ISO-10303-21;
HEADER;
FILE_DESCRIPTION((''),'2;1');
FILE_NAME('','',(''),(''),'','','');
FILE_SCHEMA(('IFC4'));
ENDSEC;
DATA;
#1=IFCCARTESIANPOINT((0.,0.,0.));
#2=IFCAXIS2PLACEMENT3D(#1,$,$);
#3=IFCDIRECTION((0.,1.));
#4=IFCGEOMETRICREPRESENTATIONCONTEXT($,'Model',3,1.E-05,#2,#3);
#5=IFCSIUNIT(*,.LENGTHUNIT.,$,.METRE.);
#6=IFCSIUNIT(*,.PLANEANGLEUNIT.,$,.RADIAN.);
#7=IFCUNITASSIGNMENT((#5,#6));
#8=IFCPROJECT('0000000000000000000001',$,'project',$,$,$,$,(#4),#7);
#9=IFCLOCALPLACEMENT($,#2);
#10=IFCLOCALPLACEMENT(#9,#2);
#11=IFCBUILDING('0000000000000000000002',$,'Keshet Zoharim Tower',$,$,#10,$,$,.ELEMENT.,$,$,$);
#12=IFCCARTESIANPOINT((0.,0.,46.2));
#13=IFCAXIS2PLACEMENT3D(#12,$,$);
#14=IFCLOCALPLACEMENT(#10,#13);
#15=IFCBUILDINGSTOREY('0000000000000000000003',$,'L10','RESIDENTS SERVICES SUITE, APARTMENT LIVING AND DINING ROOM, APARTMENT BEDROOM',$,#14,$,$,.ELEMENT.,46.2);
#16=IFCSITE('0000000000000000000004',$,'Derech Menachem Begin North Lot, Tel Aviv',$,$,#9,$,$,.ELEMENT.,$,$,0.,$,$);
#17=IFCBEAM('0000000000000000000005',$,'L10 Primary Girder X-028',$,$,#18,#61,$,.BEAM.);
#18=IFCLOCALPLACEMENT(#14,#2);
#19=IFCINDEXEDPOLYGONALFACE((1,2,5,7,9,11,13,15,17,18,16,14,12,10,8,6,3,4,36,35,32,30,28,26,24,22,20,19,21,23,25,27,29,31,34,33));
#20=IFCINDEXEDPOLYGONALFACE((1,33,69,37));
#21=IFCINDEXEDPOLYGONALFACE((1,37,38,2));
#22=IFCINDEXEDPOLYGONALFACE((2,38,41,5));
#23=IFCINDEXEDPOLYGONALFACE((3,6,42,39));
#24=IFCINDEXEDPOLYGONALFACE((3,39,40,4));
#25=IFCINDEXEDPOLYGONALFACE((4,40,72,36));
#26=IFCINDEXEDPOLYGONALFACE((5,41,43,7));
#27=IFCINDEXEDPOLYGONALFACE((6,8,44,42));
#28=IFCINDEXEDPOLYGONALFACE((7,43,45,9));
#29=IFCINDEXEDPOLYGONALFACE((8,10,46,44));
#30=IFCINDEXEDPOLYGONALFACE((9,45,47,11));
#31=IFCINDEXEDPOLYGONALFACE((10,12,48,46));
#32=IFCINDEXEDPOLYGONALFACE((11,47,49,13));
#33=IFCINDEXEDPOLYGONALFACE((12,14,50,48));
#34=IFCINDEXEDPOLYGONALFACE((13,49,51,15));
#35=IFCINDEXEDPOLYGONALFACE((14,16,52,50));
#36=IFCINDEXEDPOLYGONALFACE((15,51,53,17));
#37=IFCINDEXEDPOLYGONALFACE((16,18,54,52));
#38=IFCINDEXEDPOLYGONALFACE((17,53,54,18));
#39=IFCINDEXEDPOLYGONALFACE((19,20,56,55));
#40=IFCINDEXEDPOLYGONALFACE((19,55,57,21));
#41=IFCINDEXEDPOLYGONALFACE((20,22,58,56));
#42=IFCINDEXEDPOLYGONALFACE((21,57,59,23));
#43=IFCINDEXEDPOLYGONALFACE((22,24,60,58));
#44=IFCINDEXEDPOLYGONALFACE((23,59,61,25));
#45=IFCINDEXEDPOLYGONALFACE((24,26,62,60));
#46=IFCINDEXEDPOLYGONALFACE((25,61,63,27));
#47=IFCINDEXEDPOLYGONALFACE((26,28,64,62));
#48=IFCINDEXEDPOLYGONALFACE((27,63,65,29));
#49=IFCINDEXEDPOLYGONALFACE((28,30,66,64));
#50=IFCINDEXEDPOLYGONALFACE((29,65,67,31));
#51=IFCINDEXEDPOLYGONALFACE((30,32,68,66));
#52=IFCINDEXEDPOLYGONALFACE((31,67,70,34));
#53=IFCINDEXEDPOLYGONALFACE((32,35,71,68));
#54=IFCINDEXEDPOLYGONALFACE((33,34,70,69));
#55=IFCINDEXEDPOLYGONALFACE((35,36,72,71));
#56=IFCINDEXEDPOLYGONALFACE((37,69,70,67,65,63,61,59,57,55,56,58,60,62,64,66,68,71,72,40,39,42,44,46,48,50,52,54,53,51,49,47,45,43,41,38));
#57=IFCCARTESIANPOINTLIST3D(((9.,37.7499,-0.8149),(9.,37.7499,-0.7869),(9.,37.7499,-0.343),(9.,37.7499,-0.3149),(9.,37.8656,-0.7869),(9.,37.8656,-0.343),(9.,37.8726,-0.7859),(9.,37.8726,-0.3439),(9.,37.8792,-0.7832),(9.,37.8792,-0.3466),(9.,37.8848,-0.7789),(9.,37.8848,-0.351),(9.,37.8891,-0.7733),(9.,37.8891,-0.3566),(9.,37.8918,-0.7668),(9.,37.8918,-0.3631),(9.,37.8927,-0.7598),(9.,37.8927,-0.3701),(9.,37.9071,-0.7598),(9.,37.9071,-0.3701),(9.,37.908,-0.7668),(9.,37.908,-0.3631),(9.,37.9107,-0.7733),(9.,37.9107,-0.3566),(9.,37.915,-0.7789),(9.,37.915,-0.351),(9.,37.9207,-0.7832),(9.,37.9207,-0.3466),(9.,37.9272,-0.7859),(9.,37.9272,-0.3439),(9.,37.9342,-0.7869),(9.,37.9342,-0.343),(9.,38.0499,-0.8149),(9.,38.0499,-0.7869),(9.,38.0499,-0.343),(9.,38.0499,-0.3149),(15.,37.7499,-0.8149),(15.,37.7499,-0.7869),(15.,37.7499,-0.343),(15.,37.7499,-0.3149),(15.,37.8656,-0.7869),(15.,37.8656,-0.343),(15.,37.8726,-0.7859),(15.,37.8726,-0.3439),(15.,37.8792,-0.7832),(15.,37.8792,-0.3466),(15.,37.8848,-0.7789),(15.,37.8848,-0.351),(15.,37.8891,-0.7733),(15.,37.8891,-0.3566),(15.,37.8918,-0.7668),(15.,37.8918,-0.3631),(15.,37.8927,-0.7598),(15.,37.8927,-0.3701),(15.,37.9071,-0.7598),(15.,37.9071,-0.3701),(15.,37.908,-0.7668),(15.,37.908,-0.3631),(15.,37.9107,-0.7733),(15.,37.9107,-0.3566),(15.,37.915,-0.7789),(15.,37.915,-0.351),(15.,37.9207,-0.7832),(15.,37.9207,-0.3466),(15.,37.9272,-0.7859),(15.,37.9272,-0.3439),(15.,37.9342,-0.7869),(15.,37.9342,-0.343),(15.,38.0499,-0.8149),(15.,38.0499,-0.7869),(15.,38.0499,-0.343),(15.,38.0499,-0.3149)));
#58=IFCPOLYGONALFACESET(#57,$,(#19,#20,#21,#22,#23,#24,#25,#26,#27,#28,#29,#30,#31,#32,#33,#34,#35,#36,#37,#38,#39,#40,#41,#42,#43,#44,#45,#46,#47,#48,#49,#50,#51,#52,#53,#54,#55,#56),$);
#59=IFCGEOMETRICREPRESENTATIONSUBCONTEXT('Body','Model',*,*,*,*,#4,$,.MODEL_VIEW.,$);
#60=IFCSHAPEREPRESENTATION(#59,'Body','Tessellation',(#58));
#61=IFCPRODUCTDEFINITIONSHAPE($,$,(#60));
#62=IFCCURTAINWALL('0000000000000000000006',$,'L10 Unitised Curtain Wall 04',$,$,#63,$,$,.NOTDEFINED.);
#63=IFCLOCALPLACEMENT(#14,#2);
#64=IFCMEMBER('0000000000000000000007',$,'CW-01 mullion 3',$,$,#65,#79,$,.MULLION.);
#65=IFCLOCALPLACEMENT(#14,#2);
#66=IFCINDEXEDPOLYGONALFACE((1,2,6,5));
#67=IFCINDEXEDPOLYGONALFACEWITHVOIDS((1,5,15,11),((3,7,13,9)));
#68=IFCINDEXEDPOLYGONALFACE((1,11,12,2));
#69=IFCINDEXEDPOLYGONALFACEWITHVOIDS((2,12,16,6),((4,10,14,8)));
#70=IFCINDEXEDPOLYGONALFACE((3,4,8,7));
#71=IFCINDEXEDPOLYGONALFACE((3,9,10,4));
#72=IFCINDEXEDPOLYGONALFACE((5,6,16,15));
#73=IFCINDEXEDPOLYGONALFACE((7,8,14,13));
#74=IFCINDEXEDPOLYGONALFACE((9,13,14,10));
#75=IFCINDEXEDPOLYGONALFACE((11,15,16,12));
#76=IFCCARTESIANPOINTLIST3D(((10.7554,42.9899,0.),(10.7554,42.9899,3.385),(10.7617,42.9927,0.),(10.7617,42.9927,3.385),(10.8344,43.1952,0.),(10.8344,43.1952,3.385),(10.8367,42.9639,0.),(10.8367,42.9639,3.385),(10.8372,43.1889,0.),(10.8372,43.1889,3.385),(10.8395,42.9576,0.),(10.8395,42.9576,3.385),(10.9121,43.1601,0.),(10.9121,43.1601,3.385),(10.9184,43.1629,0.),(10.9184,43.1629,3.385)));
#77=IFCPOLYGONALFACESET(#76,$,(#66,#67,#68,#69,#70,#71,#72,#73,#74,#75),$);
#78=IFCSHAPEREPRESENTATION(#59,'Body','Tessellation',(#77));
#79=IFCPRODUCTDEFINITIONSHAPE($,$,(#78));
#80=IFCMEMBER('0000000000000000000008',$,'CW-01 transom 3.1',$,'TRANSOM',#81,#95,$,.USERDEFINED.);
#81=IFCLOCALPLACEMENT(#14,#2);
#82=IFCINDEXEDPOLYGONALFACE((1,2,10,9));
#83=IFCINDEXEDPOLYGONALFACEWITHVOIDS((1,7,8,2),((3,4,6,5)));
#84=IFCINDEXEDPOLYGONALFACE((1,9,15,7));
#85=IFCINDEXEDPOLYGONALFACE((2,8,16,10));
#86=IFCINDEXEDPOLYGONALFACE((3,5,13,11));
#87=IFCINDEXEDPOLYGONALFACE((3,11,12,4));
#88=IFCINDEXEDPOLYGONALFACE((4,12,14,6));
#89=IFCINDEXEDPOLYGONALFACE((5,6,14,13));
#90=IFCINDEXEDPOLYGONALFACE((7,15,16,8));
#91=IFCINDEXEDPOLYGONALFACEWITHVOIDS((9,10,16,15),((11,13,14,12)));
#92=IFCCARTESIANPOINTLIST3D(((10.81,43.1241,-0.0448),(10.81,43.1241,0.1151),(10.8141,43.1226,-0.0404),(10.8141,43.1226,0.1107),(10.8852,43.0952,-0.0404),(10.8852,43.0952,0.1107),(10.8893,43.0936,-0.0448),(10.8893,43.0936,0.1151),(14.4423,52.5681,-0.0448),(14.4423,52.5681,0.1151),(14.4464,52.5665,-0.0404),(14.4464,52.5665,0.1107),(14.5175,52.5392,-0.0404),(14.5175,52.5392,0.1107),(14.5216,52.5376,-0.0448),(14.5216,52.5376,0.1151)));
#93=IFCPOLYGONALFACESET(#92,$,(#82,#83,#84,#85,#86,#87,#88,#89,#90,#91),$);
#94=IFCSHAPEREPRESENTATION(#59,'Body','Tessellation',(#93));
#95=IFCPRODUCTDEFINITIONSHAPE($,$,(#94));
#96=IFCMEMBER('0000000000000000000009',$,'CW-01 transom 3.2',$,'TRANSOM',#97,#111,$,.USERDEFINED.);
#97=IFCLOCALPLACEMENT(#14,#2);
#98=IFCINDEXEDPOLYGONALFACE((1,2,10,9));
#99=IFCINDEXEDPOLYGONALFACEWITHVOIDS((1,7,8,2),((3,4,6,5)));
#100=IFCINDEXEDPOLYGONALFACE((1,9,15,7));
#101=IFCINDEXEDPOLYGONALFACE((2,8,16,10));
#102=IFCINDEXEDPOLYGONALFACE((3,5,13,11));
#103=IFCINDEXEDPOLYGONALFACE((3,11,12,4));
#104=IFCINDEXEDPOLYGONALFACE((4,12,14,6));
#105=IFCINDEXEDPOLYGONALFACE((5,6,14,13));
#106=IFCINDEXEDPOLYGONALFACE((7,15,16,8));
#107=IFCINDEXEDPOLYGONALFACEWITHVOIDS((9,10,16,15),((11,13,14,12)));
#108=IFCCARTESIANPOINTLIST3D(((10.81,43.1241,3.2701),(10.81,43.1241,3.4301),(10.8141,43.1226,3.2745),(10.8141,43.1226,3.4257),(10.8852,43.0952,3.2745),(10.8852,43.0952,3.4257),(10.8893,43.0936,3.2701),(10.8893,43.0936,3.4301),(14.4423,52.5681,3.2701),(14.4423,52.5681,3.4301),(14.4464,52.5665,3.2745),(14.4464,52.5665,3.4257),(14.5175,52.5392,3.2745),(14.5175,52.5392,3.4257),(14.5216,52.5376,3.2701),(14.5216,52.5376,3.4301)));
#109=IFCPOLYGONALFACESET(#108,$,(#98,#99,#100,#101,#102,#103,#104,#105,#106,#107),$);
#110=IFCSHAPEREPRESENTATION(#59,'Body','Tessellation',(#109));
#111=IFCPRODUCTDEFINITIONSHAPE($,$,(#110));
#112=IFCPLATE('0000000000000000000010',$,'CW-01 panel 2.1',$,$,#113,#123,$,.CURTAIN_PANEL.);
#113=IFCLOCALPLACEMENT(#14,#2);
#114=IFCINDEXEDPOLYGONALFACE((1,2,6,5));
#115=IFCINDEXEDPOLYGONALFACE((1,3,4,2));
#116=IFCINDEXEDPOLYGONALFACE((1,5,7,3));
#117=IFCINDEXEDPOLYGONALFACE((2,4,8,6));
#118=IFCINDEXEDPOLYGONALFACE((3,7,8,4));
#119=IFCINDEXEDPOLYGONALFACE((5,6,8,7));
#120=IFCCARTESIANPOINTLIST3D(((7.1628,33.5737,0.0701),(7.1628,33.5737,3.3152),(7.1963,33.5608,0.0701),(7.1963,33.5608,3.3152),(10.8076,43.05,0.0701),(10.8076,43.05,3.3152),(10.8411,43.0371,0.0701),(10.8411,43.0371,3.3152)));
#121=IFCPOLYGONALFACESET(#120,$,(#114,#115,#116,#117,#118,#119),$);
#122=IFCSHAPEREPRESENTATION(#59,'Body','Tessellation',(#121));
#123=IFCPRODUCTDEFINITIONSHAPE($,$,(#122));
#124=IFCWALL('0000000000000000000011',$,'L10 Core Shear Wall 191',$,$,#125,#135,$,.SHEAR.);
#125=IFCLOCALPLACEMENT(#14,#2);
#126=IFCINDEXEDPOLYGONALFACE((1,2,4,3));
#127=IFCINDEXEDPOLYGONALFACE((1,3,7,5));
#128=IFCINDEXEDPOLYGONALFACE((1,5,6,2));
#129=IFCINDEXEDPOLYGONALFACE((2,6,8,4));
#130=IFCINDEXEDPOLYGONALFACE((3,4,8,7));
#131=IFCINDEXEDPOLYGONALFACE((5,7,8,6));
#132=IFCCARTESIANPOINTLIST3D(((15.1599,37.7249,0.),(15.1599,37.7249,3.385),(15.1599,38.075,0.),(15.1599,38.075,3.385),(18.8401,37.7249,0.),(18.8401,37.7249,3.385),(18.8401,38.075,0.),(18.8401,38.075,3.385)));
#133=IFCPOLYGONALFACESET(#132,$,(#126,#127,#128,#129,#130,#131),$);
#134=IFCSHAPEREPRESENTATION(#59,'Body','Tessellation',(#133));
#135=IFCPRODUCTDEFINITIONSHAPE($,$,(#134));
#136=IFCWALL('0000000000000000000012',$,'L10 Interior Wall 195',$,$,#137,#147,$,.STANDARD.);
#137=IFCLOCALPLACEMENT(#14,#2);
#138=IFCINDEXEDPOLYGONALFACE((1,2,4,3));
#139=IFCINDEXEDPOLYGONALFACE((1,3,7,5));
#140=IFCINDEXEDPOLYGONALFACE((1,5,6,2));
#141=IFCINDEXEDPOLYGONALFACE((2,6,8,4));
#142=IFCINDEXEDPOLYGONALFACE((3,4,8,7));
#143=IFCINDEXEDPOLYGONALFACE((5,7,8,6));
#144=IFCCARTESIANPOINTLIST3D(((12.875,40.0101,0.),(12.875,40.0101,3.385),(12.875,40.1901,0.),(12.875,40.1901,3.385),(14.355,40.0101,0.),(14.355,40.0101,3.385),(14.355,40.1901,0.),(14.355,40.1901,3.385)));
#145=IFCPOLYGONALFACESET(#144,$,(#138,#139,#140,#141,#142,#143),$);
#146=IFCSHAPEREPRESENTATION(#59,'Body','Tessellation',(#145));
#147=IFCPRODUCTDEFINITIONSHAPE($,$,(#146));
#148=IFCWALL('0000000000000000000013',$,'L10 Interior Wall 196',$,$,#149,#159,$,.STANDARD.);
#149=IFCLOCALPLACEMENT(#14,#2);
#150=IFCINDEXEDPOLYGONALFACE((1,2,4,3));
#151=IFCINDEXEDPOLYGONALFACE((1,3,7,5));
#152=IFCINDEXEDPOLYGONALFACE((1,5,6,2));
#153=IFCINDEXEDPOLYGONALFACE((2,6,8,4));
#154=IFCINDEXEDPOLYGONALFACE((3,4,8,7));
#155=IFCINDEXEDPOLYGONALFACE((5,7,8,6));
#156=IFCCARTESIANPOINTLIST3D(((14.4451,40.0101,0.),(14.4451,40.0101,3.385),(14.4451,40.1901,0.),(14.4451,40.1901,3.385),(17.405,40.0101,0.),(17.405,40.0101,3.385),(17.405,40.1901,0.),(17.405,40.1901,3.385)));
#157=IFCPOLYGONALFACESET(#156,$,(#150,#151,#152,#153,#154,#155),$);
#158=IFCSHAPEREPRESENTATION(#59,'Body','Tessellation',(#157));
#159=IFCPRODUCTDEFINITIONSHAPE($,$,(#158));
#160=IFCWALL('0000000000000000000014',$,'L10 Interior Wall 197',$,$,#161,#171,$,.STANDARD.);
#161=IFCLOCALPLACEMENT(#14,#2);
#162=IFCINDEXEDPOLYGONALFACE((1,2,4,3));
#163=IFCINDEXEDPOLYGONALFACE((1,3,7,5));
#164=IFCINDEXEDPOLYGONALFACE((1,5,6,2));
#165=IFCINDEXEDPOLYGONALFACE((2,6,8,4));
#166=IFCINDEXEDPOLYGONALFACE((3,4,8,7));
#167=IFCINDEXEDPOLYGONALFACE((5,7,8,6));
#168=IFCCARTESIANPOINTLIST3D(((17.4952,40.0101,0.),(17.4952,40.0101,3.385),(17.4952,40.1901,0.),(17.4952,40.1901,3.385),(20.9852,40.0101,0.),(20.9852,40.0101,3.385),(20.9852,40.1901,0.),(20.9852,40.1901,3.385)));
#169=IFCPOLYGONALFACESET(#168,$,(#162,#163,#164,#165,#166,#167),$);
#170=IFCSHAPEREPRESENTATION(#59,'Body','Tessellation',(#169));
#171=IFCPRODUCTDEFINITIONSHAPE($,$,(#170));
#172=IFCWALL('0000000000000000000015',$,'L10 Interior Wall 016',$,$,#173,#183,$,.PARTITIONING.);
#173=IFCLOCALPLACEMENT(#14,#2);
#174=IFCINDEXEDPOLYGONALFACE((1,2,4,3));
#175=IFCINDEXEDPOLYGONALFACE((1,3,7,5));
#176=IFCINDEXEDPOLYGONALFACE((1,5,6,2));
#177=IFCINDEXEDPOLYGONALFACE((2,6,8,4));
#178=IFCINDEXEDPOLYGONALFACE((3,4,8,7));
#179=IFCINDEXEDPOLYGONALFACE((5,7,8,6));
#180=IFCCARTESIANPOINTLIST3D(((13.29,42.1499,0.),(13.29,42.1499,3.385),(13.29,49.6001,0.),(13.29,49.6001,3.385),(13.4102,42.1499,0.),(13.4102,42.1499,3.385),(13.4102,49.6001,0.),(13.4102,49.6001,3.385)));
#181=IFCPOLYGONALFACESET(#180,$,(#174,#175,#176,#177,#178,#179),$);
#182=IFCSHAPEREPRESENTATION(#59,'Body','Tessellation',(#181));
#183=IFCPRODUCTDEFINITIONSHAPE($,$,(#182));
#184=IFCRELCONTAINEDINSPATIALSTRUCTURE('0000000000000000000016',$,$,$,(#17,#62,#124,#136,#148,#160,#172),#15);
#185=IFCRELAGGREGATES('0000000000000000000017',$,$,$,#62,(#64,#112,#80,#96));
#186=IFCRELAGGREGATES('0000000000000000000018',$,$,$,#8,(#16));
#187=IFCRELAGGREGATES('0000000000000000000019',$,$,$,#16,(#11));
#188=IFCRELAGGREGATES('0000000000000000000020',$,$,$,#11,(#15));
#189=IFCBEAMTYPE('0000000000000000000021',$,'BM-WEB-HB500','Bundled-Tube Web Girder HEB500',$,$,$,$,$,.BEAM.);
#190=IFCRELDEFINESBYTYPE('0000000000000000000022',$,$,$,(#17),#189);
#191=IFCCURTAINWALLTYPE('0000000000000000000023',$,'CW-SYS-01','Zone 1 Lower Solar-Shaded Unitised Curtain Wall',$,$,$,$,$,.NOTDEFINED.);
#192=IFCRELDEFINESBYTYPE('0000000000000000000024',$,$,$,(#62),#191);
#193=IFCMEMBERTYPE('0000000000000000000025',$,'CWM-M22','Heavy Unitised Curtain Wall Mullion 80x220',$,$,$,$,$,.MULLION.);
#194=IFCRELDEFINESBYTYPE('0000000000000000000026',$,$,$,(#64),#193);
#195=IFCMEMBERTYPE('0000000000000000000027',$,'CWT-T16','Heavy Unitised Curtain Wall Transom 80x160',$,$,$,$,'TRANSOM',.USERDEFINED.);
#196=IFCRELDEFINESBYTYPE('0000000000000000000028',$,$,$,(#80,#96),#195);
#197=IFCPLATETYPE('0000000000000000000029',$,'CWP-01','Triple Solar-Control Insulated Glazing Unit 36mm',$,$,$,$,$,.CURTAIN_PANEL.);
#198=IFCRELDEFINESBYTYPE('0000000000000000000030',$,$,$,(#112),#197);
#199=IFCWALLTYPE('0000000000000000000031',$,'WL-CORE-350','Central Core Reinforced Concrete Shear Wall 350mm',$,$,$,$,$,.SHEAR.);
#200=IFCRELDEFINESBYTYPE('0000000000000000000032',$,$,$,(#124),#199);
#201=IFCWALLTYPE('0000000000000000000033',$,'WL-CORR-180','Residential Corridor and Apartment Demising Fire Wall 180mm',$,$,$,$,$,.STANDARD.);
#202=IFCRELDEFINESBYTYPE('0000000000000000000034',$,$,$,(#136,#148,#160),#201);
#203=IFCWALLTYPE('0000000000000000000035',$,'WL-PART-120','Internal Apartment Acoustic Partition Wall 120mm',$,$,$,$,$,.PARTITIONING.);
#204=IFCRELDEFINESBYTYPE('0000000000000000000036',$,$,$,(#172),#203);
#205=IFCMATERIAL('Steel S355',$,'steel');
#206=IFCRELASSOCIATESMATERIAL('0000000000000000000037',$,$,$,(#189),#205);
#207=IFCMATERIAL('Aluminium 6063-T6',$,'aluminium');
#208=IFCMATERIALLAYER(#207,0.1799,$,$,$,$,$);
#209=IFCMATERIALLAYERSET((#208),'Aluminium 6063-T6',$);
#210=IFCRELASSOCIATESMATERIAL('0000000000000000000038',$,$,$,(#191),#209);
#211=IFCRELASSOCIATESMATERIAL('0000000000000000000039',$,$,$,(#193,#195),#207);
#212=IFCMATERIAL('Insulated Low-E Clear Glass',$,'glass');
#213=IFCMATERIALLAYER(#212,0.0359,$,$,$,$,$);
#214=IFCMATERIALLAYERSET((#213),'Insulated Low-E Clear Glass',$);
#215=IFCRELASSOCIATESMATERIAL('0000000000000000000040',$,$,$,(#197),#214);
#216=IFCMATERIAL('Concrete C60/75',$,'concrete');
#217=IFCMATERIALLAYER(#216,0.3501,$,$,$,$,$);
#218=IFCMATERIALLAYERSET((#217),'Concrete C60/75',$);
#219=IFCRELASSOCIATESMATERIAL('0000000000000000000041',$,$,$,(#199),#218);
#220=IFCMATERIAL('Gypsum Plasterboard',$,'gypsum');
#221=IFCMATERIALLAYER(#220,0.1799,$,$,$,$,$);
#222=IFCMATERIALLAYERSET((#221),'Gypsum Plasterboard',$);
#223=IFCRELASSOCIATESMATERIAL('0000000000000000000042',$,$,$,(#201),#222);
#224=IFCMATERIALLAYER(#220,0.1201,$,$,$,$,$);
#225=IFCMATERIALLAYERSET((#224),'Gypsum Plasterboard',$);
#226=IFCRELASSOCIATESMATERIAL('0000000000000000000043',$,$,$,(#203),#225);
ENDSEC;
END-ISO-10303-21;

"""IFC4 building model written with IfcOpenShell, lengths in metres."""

from ifc_helpers import new_model, si_unit, direction, frame, frame_2d, origin, origin_2d, place, context, subcontext, project, spatial, rectangle, hollow_rectangle, i_section, extrude, material, layer, layer_set, material_profile, profile_set, type_object, element, aggregate, save


model = new_model("IFC4")

# Units and contexts
model_context = context("Model", 3, precision=1e-05, world=origin(), true_north=direction((0.0, 1.0)))
body_context = subcontext(model_context, "Body", "Model", "MODEL_VIEW")
ifc_project = project(units=[si_unit("LENGTHUNIT", "METRE"), si_unit("PLANEANGLEUNIT", "RADIAN")], contexts=[model_context])

# Site, building, storey
site_placement = place(None, origin())
site = spatial("IfcSite", under=ifc_project, at=site_placement, Name="Derech Menachem Begin North Lot, Tel Aviv", CompositionType="ELEMENT", RefElevation=0.0)
building_placement = place(site_placement, origin())
building = spatial("IfcBuilding", under=site, at=building_placement, Name="Keshet Zoharim Tower", CompositionType="ELEMENT")
storey_placement = place(building_placement, frame((0.0, 0.0, 46.2)))
storey = spatial("IfcBuildingStorey", under=building, at=storey_placement, Name="L10", Description="RESIDENTS SERVICES SUITE, APARTMENT LIVING AND DINING ROOM, APARTMENT BEDROOM", CompositionType="ELEMENT", Elevation=46.2)

# Beam
ifc_material_1 = material(Name="Steel S355", Category="steel")
ifc_material_profile_1 = material_profile(ifc_material_1, i_section(OverallWidth=0.3, OverallDepth=0.5, WebThickness=0.0144, FlangeThickness=0.0281, FilletRadius=0.0271, at=origin_2d()), Name="HEB500")
ifc_profile_set_1 = profile_set([ifc_material_profile_1], Name="Steel S355")
beam_type = type_object("IfcBeamType", Name="BM-WEB-HB500", Description="Bundled-Tube Web Girder HEB500", PredefinedType="BEAM", material=ifc_profile_set_1)
beam_placement = place(storey_placement, frame((9.0, 37.8999, -0.5649), z_axis=(1.0, 0.0, 0.0), x_axis=(0.0, 1.0, 0.0)))
element("IfcBeam", 1, at=beam_placement, inside=storey, type_object=beam_type, Name="L10 Primary Girder X-028", PredefinedType="BEAM", context=body_context, shape_type="SweptSolid", body=[
    extrude(i_section(OverallWidth=0.3, OverallDepth=0.5, WebThickness=0.0144, FlangeThickness=0.0281, FilletRadius=0.0271, at=origin_2d()), origin(), (0.0, 0.0, 1.0), 6.0),
])

# Curtain wall, members, plate
ifc_material_2 = material(Name="Aluminium 6063-T6", Category="aluminium")
ifc_layer_1 = layer(ifc_material_2, 0.1799)
ifc_layer_set_1 = layer_set([ifc_layer_1], Name="Aluminium 6063-T6")
curtain_wall_type = type_object("IfcCurtainWallType", Name="CW-SYS-01", Description="Zone 1 Lower Solar-Shaded Unitised Curtain Wall", PredefinedType="NOTDEFINED", material=ifc_layer_set_1)
curtain_wall_placement = place(storey_placement, origin())
curtain_wall = element("IfcCurtainWall", 2, at=curtain_wall_placement, inside=storey, type_object=curtain_wall_type, Name="L10 Unitised Curtain Wall 04", PredefinedType="NOTDEFINED")
ifc_material_profile_2 = material_profile(ifc_material_2, hollow_rectangle(XDim=0.0901, YDim=0.22, WallThickness=0.0049, at=origin_2d()), Name="MUL-90x220")
ifc_profile_set_2 = profile_set([ifc_material_profile_2], Name="Aluminium 6063-T6")
member_type_1 = type_object("IfcMemberType", Name="CWM-M22", Description="Heavy Unitised Curtain Wall Mullion 80x220", PredefinedType="MULLION", material=ifc_profile_set_2)
member_1_placement = place(storey_placement, frame((10.8369, 43.0764, 0.0), z_axis=(0.0, 0.0, 1.0), x_axis=(-0.933341, 0.35899, 0.0)))
member_1 = element("IfcMember", 3, at=member_1_placement, type_object=member_type_1, Name="CW-01 mullion 3", PredefinedType="MULLION", context=body_context, shape_type="SweptSolid", body=[
    extrude(hollow_rectangle(XDim=0.0901, YDim=0.22, WallThickness=0.0049, at=origin_2d()), origin(), (0.0, 0.0, 1.0), 3.385),
])
ifc_material_profile_3 = material_profile(ifc_material_2, hollow_rectangle(XDim=0.085, YDim=0.1599, WallThickness=0.0044, at=origin_2d()), Name="TRN-85x160")
ifc_profile_set_3 = profile_set([ifc_material_profile_3], Name="Aluminium 6063-T6")
member_type_2 = type_object("IfcMemberType", Name="CWT-T16", Description="Heavy Unitised Curtain Wall Transom 80x160", ElementType="TRANSOM", PredefinedType="USERDEFINED", material=ifc_profile_set_3)
member_2_placement = place(storey_placement, frame((10.8496, 43.1089, 0.0352), z_axis=(0.358986, 0.933343, 0.0), x_axis=(-0.933343, 0.358986, 0.0)))
member_2 = element("IfcMember", 4, at=member_2_placement, type_object=member_type_2, Name="CW-01 transom 3.1", ObjectType="TRANSOM", PredefinedType="USERDEFINED", context=body_context, shape_type="SweptSolid", body=[
    extrude(hollow_rectangle(XDim=0.085, YDim=0.1599, WallThickness=0.0044, at=origin_2d()), origin(), (0.0, 0.0, 1.0), 10.1184),
])
member_3_placement = place(storey_placement, frame((10.8496, 43.1089, 3.3501), z_axis=(0.358986, 0.933343, 0.0), x_axis=(-0.933343, 0.358986, 0.0)))
member_3 = element("IfcMember", 5, at=member_3_placement, type_object=member_type_2, Name="CW-01 transom 3.2", ObjectType="TRANSOM", PredefinedType="USERDEFINED", context=body_context, shape_type="SweptSolid", body=[
    extrude(hollow_rectangle(XDim=0.085, YDim=0.1599, WallThickness=0.0044, at=origin_2d()), origin(), (0.0, 0.0, 1.0), 10.1184),
])
ifc_material_3 = material(Name="Insulated Low-E Clear Glass", Category="glass")
ifc_layer_2 = layer(ifc_material_3, 0.0359)
ifc_layer_set_2 = layer_set([ifc_layer_2], Name="Insulated Low-E Clear Glass")
plate_type = type_object("IfcPlateType", Name="CWP-01", Description="Triple Solar-Control Insulated Glazing Unit 36mm", PredefinedType="CURTAIN_PANEL", material=ifc_layer_set_2)
plate_placement = place(storey_placement, frame((9.002, 38.3054, 0.0701), z_axis=(0.0, 0.0, 1.0), x_axis=(0.35899, 0.933341, 0.0)))
plate = element("IfcPlate", 6, at=plate_placement, type_object=plate_type, Name="CW-01 panel 2.1", PredefinedType="CURTAIN_PANEL", context=body_context, shape_type="SweptSolid", body=[
    extrude(rectangle(XDim=10.1531, YDim=0.0359, at=origin_2d()), origin(), (0.0, 0.0, 1.0), 3.2451),
])
aggregate(curtain_wall, [member_1, plate, member_2, member_3])

# Walls
ifc_material_4 = material(Name="Concrete C60/75", Category="concrete")
ifc_layer_3 = layer(ifc_material_4, 0.3501)
ifc_layer_set_3 = layer_set([ifc_layer_3], Name="Concrete C60/75")
wall_type_1 = type_object("IfcWallType", Name="WL-CORE-350", Description="Central Core Reinforced Concrete Shear Wall 350mm", PredefinedType="SHEAR", material=ifc_layer_set_3)
wall_1_placement = place(storey_placement, frame((15.1599, 37.8999, 0.0), z_axis=(0.0, 0.0, 1.0), x_axis=(1.0, 0.0, 0.0)))
element("IfcWall", 7, at=wall_1_placement, inside=storey, type_object=wall_type_1, Name="L10 Core Shear Wall 191", PredefinedType="SHEAR", context=body_context, shape_type="SweptSolid", body=[
    extrude(rectangle(XDim=3.6802, YDim=0.3501, at=frame_2d((1.8401, 0.0))), origin(), (0.0, 0.0, 1.0), 3.385),
])
ifc_material_5 = material(Name="Gypsum Plasterboard", Category="gypsum")
ifc_layer_4 = layer(ifc_material_5, 0.1799)
ifc_layer_set_4 = layer_set([ifc_layer_4], Name="Gypsum Plasterboard")
wall_type_2 = type_object("IfcWallType", Name="WL-CORR-180", Description="Residential Corridor and Apartment Demising Fire Wall 180mm", PredefinedType="STANDARD", material=ifc_layer_set_4)
wall_2_placement = place(storey_placement, frame((12.875, 40.1001, 0.0), z_axis=(0.0, 0.0, 1.0), x_axis=(1.0, 0.0, 0.0)))
element("IfcWall", 8, at=wall_2_placement, inside=storey, type_object=wall_type_2, Name="L10 Interior Wall 195", PredefinedType="STANDARD", context=body_context, shape_type="SweptSolid", body=[
    extrude(rectangle(XDim=1.48, YDim=0.1799, at=frame_2d((0.74, 0.0))), origin(), (0.0, 0.0, 1.0), 3.385),
])
wall_3_placement = place(storey_placement, frame((14.4451, 40.1001, 0.0), z_axis=(0.0, 0.0, 1.0), x_axis=(1.0, 0.0, 0.0)))
element("IfcWall", 9, at=wall_3_placement, inside=storey, type_object=wall_type_2, Name="L10 Interior Wall 196", PredefinedType="STANDARD", context=body_context, shape_type="SweptSolid", body=[
    extrude(rectangle(XDim=2.96, YDim=0.1799, at=frame_2d((1.48, 0.0))), origin(), (0.0, 0.0, 1.0), 3.385),
])
wall_4_placement = place(storey_placement, frame((17.4951, 40.1001, 0.0), z_axis=(0.0, 0.0, 1.0), x_axis=(1.0, 0.0, 0.0)))
element("IfcWall", 10, at=wall_4_placement, inside=storey, type_object=wall_type_2, Name="L10 Interior Wall 197", PredefinedType="STANDARD", context=body_context, shape_type="SweptSolid", body=[
    extrude(rectangle(XDim=3.49, YDim=0.1799, at=frame_2d((1.7451, 0.0))), origin(), (0.0, 0.0, 1.0), 3.385),
])
ifc_layer_5 = layer(ifc_material_5, 0.1201)
ifc_layer_set_5 = layer_set([ifc_layer_5], Name="Gypsum Plasterboard")
wall_type_3 = type_object("IfcWallType", Name="WL-PART-120", Description="Internal Apartment Acoustic Partition Wall 120mm", PredefinedType="PARTITIONING", material=ifc_layer_set_5)
wall_5_placement = place(storey_placement, frame((13.3501, 42.1499, 0.0), z_axis=(0.0, 0.0, 1.0), x_axis=(0.0, 1.0, 0.0)))
element("IfcWall", 11, at=wall_5_placement, inside=storey, type_object=wall_type_3, Name="L10 Interior Wall 016", PredefinedType="PARTITIONING", context=body_context, shape_type="SweptSolid", body=[
    extrude(rectangle(XDim=7.4502, YDim=0.1201, at=frame_2d((3.7251, 0.0))), origin(), (0.0, 0.0, 1.0), 3.385),
])

save(model, "model.ifc")
